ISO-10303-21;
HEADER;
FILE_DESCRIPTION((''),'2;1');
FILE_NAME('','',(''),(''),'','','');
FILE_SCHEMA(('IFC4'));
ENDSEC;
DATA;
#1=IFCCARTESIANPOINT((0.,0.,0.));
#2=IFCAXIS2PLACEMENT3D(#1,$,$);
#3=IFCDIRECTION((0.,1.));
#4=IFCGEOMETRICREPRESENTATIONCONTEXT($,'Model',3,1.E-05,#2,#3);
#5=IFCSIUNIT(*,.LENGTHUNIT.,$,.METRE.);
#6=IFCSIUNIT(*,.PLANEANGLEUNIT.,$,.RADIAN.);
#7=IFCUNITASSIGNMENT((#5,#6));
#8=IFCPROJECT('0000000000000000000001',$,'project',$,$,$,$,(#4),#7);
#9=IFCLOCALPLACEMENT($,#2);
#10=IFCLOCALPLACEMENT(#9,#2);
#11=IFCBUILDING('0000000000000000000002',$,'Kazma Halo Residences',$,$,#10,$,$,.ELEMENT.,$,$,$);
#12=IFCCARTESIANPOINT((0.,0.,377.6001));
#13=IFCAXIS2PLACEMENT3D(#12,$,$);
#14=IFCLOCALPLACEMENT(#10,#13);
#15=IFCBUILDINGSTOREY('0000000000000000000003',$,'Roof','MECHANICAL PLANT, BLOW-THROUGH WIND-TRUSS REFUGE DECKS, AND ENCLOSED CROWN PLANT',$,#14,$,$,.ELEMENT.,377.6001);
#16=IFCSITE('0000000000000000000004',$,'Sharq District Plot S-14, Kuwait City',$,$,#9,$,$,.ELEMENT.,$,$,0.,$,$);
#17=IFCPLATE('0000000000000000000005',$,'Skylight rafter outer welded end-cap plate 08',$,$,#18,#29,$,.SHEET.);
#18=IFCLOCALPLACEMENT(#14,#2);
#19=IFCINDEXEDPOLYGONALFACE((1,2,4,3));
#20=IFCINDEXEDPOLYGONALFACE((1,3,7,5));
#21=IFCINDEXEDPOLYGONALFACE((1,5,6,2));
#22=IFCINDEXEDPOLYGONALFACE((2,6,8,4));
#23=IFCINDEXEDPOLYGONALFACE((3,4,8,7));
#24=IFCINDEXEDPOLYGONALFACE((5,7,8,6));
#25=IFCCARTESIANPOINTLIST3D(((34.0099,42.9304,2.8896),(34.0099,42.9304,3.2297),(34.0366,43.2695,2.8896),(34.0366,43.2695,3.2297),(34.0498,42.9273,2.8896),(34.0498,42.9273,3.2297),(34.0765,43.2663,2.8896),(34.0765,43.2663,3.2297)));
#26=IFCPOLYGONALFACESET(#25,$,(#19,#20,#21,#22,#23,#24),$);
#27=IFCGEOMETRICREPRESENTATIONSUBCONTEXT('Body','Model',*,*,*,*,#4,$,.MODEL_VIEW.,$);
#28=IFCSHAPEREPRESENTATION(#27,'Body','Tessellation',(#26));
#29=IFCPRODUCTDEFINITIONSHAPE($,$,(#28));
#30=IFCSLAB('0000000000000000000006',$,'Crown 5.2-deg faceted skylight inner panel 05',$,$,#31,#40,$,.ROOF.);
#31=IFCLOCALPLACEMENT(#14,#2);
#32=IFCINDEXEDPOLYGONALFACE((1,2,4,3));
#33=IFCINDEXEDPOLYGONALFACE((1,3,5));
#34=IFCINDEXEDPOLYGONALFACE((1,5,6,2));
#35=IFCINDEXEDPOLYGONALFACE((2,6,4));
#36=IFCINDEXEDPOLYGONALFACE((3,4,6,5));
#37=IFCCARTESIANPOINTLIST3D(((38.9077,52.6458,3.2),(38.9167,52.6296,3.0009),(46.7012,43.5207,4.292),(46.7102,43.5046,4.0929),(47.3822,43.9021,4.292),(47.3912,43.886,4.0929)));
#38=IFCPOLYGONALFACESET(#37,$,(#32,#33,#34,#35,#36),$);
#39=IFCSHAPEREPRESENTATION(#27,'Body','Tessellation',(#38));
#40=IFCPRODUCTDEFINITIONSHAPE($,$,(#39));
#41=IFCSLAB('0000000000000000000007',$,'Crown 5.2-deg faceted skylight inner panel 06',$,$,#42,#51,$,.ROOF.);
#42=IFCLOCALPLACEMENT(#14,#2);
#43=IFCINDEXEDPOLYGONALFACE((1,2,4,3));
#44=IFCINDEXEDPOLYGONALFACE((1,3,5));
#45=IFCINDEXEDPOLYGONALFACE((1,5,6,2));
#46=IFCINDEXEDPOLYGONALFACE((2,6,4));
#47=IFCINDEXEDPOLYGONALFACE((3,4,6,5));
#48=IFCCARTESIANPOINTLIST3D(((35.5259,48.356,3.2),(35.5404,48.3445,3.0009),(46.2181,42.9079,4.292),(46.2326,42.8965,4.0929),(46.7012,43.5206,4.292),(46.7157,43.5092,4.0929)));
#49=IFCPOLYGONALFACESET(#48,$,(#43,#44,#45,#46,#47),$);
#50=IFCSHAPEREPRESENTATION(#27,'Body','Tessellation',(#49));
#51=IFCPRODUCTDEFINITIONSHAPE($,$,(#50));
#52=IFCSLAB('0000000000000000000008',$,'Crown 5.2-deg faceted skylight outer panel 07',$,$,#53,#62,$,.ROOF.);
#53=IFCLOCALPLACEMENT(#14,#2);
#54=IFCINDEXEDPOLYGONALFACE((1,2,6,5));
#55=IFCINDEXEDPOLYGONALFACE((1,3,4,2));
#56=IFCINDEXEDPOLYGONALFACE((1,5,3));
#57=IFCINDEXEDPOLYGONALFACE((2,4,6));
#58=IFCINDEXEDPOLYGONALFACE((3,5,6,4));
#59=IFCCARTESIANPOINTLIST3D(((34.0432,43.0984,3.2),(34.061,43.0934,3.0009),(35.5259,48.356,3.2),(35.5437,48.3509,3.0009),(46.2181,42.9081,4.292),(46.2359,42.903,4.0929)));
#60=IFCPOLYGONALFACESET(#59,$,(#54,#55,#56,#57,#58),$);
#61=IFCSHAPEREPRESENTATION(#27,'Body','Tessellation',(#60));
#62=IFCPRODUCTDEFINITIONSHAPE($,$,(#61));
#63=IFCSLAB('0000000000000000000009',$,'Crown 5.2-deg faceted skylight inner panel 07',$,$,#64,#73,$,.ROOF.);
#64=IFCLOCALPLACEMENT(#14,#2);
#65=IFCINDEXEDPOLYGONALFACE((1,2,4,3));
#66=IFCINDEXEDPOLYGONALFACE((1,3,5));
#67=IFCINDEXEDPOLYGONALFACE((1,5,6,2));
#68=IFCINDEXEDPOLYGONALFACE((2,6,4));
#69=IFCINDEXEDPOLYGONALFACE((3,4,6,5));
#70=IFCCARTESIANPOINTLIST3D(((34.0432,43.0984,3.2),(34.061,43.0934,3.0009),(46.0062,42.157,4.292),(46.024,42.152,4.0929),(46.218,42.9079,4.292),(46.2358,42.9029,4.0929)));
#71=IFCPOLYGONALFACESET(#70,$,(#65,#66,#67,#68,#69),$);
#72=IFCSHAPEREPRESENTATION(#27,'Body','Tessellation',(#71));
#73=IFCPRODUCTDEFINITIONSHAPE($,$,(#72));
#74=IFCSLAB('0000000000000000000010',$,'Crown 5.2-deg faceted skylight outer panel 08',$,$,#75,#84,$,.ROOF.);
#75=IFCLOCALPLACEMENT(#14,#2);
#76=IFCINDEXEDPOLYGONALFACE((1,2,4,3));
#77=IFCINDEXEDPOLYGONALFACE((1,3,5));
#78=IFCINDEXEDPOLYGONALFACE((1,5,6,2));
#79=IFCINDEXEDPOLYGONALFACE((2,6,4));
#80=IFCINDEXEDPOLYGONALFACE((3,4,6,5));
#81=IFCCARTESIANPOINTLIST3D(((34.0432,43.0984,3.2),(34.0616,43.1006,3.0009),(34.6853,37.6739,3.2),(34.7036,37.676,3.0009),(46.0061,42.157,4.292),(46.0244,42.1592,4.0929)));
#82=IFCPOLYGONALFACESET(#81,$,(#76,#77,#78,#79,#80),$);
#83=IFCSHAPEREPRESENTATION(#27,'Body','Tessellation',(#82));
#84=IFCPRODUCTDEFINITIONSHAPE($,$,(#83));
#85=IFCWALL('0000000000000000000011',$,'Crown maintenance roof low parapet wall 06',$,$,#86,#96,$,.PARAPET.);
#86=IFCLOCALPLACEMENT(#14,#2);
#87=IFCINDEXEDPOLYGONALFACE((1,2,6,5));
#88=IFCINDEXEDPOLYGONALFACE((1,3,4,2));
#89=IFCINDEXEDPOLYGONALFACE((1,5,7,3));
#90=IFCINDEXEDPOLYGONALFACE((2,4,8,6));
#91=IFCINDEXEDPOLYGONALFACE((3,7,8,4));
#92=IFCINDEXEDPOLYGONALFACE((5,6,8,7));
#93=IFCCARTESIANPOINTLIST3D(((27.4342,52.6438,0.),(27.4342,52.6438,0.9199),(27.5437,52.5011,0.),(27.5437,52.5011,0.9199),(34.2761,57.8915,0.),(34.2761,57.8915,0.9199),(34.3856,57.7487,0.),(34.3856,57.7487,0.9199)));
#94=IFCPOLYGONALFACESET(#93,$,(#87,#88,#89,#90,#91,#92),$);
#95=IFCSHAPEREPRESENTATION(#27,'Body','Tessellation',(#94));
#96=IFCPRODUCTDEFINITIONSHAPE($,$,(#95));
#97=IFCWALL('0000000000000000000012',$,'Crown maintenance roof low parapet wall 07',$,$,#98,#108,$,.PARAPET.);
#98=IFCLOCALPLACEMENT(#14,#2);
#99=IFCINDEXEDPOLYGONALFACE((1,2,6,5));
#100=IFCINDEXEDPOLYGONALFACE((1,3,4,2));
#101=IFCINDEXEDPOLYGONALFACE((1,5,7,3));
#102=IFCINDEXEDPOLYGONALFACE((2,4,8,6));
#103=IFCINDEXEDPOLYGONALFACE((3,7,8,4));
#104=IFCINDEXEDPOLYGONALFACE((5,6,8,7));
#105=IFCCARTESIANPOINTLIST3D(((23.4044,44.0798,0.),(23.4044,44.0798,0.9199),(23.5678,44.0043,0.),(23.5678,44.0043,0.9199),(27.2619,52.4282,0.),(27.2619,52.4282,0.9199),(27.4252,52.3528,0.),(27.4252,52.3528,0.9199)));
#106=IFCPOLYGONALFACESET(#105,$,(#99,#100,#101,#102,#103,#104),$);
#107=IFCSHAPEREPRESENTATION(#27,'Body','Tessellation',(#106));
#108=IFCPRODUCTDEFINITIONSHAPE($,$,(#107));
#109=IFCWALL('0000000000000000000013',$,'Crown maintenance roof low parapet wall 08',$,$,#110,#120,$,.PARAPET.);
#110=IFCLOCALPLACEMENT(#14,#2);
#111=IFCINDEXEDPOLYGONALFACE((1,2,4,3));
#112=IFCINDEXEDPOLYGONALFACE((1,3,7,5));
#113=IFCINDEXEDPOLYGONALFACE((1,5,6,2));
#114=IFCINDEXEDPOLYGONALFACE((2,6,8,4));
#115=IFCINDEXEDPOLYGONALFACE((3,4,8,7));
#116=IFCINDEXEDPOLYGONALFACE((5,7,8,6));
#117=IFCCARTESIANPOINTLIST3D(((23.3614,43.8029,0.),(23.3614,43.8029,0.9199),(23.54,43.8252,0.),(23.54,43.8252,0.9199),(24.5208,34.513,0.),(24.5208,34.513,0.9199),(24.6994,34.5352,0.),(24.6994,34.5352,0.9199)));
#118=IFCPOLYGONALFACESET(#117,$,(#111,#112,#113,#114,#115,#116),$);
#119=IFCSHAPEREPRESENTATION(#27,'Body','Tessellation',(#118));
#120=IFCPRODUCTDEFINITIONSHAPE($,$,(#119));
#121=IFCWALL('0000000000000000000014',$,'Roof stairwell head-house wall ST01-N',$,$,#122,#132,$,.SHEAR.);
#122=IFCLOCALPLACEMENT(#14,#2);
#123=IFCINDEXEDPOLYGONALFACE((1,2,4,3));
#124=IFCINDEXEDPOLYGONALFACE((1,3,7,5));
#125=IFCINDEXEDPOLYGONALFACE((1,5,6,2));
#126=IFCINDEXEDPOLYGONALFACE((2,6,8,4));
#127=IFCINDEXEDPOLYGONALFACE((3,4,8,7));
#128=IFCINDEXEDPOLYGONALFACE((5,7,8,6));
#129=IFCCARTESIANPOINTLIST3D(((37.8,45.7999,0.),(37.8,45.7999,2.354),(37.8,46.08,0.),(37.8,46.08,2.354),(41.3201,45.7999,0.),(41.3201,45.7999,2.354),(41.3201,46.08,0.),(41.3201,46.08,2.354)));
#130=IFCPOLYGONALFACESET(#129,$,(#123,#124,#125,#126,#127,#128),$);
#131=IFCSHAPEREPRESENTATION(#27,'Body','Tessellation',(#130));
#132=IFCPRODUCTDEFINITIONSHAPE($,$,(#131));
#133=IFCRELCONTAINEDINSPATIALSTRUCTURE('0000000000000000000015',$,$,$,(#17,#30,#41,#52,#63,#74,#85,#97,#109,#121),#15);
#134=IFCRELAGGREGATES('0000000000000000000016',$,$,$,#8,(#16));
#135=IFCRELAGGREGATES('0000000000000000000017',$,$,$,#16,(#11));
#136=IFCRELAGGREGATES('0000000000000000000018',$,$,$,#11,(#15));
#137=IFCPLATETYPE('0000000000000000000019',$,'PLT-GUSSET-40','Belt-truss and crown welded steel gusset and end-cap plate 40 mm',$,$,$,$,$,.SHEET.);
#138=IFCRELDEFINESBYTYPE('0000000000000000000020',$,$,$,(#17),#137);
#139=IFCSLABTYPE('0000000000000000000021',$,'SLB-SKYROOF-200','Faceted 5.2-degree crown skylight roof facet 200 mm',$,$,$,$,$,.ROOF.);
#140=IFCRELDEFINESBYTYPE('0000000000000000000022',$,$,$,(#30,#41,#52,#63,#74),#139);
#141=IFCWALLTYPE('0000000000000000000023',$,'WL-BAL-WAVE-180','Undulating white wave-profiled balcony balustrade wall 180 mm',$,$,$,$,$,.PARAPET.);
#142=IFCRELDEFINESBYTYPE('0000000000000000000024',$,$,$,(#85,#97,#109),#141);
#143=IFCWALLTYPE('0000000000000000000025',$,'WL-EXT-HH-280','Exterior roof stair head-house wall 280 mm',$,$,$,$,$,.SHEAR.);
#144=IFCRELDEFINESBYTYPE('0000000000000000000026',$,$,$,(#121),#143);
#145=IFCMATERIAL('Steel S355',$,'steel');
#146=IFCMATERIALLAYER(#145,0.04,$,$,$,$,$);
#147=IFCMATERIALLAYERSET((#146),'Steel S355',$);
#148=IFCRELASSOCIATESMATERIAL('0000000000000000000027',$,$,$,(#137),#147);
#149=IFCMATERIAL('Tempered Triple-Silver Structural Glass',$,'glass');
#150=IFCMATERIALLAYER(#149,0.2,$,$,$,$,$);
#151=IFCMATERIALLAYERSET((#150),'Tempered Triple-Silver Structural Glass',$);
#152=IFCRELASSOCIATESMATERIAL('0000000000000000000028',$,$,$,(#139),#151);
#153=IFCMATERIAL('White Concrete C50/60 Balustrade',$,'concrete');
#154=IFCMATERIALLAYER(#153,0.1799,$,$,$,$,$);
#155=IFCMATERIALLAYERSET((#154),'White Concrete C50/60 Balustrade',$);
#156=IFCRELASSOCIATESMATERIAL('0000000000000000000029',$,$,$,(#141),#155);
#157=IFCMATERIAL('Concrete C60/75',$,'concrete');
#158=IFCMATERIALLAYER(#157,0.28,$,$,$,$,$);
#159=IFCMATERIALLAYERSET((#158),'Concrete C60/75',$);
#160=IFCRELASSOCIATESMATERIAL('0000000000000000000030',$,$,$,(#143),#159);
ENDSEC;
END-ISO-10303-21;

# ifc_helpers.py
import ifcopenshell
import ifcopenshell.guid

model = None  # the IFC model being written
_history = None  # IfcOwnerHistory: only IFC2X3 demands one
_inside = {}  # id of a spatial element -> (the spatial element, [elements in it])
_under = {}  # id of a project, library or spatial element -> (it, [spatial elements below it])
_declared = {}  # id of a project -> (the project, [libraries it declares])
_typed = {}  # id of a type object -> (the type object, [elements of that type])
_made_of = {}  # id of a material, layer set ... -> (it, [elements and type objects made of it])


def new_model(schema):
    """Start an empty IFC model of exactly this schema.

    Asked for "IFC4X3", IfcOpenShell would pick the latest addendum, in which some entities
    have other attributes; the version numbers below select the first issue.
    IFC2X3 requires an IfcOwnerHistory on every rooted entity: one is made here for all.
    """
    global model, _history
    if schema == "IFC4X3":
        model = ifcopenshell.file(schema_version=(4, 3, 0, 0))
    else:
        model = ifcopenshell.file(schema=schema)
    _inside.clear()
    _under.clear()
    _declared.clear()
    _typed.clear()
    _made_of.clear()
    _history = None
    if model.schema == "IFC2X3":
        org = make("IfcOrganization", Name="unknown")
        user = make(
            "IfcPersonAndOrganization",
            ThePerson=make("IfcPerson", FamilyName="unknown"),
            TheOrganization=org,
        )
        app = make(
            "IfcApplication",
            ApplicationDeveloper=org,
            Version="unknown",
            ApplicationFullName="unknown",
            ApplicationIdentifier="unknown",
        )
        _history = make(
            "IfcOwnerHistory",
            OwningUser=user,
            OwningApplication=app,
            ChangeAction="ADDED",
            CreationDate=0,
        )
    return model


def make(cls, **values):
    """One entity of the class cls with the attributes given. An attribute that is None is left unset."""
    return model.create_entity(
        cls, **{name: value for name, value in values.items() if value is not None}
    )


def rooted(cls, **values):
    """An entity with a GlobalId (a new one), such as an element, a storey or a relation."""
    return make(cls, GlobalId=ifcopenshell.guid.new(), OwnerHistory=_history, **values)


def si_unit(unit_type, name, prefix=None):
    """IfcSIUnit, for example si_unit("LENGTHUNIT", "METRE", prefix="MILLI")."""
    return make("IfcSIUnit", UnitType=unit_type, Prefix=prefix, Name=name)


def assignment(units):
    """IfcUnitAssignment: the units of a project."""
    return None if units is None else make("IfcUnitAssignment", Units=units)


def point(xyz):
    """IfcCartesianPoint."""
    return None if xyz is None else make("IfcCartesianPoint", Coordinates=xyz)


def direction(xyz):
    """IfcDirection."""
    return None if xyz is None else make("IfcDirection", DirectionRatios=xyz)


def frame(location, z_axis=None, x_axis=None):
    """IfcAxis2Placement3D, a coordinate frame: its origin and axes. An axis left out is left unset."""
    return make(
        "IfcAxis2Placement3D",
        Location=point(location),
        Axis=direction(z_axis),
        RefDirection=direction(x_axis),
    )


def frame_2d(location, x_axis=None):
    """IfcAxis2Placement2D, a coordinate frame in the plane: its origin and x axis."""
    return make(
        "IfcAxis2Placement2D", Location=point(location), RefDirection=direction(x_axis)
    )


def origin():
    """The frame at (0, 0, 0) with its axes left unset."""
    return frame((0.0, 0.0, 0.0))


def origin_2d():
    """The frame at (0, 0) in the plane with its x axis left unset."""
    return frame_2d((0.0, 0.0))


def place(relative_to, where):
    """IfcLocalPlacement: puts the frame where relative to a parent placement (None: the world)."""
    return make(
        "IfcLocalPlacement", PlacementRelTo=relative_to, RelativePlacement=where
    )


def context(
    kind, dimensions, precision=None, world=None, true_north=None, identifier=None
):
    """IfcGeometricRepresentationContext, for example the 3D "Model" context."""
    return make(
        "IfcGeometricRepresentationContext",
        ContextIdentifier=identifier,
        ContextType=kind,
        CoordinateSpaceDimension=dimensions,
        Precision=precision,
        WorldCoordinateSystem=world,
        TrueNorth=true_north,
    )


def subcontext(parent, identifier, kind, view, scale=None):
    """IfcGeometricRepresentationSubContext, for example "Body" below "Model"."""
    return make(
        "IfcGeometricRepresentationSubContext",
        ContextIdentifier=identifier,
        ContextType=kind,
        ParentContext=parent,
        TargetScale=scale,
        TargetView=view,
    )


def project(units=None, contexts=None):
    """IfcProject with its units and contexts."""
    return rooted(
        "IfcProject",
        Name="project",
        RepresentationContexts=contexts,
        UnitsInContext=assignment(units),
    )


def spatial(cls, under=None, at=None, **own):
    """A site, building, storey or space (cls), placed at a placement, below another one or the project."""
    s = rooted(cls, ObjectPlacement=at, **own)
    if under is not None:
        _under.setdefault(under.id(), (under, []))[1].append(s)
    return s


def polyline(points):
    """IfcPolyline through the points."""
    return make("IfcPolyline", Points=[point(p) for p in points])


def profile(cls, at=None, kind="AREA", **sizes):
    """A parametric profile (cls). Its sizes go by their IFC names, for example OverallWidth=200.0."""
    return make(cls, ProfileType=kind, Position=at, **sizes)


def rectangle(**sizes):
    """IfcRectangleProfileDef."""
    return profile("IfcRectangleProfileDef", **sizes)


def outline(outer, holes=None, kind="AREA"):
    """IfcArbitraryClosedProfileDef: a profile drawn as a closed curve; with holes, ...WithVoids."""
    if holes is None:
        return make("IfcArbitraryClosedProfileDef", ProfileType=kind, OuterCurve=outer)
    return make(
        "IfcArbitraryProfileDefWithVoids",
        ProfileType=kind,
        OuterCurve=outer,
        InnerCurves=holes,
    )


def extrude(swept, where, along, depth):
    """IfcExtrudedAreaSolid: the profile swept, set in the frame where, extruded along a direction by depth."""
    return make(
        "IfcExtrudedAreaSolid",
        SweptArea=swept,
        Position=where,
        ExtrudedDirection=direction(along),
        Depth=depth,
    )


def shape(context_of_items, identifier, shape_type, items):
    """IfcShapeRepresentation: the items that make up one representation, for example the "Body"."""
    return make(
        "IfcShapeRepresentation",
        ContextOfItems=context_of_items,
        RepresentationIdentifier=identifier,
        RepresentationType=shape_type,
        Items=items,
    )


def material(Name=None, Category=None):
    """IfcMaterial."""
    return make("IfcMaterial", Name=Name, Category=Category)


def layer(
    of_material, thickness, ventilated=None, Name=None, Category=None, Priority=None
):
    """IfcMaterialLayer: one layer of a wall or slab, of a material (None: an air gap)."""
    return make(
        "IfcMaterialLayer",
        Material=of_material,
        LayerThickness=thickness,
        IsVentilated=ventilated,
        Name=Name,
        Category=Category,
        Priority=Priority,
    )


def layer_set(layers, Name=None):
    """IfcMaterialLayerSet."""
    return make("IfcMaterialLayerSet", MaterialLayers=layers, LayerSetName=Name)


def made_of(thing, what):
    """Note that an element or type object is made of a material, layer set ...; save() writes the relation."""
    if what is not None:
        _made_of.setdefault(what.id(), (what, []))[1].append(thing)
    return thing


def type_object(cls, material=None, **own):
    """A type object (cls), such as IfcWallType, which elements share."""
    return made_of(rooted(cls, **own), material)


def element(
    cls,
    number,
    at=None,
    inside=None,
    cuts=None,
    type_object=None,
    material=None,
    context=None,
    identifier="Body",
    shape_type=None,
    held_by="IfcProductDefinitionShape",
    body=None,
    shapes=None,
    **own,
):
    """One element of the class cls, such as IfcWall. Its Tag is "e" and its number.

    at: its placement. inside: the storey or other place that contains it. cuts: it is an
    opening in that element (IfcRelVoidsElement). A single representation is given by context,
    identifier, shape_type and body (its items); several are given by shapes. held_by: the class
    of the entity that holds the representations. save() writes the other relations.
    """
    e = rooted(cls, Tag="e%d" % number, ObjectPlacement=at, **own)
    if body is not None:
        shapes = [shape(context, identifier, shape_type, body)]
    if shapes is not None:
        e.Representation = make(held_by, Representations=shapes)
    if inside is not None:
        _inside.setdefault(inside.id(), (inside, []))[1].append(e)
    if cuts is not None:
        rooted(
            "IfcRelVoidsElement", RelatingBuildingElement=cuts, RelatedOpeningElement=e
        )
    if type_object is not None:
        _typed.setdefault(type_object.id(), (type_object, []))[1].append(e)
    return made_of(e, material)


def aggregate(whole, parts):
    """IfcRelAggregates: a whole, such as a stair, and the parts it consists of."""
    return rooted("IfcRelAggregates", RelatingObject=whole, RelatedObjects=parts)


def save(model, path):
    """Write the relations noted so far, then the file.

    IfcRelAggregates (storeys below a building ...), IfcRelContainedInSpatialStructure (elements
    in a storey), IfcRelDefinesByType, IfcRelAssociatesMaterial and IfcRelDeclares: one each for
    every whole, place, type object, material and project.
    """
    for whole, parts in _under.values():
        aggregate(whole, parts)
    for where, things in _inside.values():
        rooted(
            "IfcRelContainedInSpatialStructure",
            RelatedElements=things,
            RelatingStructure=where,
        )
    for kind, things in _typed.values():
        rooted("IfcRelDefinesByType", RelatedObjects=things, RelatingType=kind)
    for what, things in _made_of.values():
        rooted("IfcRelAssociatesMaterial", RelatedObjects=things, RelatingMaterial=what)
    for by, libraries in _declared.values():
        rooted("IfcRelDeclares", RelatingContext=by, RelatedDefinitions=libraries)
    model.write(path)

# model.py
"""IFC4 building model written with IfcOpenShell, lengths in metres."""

from ifc_helpers import new_model, si_unit, direction, frame, frame_2d, origin, origin_2d, place, context, subcontext, project, spatial, polyline, rectangle, outline, extrude, material, layer, layer_set, type_object, element, save


model = new_model("IFC4")

# Units and contexts
model_context = context("Model", 3, precision=1e-05, world=origin(), true_north=direction((0.0, 1.0)))
body_context = subcontext(model_context, "Body", "Model", "MODEL_VIEW")
ifc_project = project(units=[si_unit("LENGTHUNIT", "METRE"), si_unit("PLANEANGLEUNIT", "RADIAN")], contexts=[model_context])

# Site, building, storey
site_placement = place(None, origin())
site = spatial("IfcSite", under=ifc_project, at=site_placement, Name="Sharq District Plot S-14, Kuwait City", CompositionType="ELEMENT", RefElevation=0.0)
building_placement = place(site_placement, origin())
building = spatial("IfcBuilding", under=site, at=building_placement, Name="Kazma Halo Residences", CompositionType="ELEMENT")
storey_placement = place(building_placement, frame((0.0, 0.0, 377.6001)))
storey = spatial("IfcBuildingStorey", under=building, at=storey_placement, Name="Roof", Description="MECHANICAL PLANT, BLOW-THROUGH WIND-TRUSS REFUGE DECKS, AND ENCLOSED CROWN PLANT", CompositionType="ELEMENT", Elevation=377.6001)

# Shared definitions
ifc_material_1 = material(Name="Steel S355", Category="steel")

# Plate
ifc_layer_1 = layer(ifc_material_1, 0.04)
ifc_layer_set_1 = layer_set([ifc_layer_1], Name="Steel S355")
plate_type_1 = type_object("IfcPlateType", Name="PLT-GUSSET-40", Description="Belt-truss and crown welded steel gusset and end-cap plate 40 mm", PredefinedType="SHEET", material=ifc_layer_set_1)
for number, where, z_axis, x_axis, name in (
    (1, (34.0432, 43.0984, 2.8896), (0.0, 0.0, 1.0), (-0.996917, 0.078459, 0.0), "Skylight rafter outer welded end-cap plate 08"),
):
    element("IfcPlate", number, at=place(storey_placement, frame(where, z_axis=z_axis, x_axis=x_axis)), inside=storey, type_object=plate_type_1, Name=name, PredefinedType="SHEET", context=body_context, shape_type="SweptSolid", body=[
        extrude(rectangle(XDim=0.04, YDim=0.3401, at=origin_2d()), origin(), (0.0, 0.0, 1.0), 0.3401),
    ])

# Slabs
ifc_material_2 = material(Name="Tempered Triple-Silver Structural Glass", Category="glass")
ifc_layer_2 = layer(ifc_material_2, 0.2)
ifc_layer_set_2 = layer_set([ifc_layer_2], Name="Tempered Triple-Silver Structural Glass")
slab_type = type_object("IfcSlabType", Name="SLB-SKYROOF-200", Description="Faceted 5.2-degree crown skylight roof facet 200 mm", PredefinedType="ROOF", material=ifc_layer_set_2)
slab_1_placement = place(storey_placement, frame((38.9077, 52.6458, 3.2), z_axis=(-0.045145, 0.080607, 0.995723), x_axis=(0.646774, -0.757278, 0.090628)))
element("IfcSlab", 2, at=slab_1_placement, inside=storey, type_object=slab_type, Name="Crown 5.2-deg faceted skylight inner panel 05", PredefinedType="ROOF", context=body_context, shape_type="SweptSolid", body=[
    extrude(outline(polyline([(0.0, 0.0), (12.0498, 0.0), (12.2014, 0.7656), (0.0, 0.0)])), origin(), (0.0, 0.0, -1.0), 0.2),
])
slab_2_placement = place(storey_placement, frame((35.5259, 48.356, 3.2), z_axis=(-0.072551, 0.057203, 0.995723), x_axis=(0.887337, -0.452128, 0.090628)))
element("IfcSlab", 3, at=slab_2_placement, inside=storey, type_object=slab_type, Name="Crown 5.2-deg faceted skylight inner panel 06", PredefinedType="ROOF", context=body_context, shape_type="SweptSolid", body=[
    extrude(outline(polyline([(0.0, 0.0), (12.0498, 0.0), (12.2014, 0.7654), (0.0, 0.0)])), origin(), (0.0, 0.0, -1.0), 0.2),
])
slab_3_placement = place(storey_placement, frame((35.5259, 48.356, 3.2), z_axis=(-0.088921, 0.025076, 0.995723), x_axis=(-0.27142, -0.962461, 0.0)))
element("IfcSlab", 4, at=slab_3_placement, inside=storey, type_object=slab_type, Name="Crown 5.2-deg faceted skylight outer panel 07", PredefinedType="ROOF", context=body_context, shape_type="SweptSolid", body=[
    extrude(outline(polyline([(0.0, 0.0), (5.4626, 0.0), (2.3413, 11.8201), (0.0, 0.0)])), origin(), (0.0, 0.0, -1.0), 0.2),
])
slab_4_placement = place(storey_placement, frame((34.0432, 43.0984, 3.2), z_axis=(-0.088921, 0.025092, 0.995723), x_axis=(0.992815, -0.078128, 0.09063)))
element("IfcSlab", 5, at=slab_4_placement, inside=storey, type_object=slab_type, Name="Crown 5.2-deg faceted skylight inner panel 07", PredefinedType="ROOF", context=body_context, shape_type="SweptSolid", body=[
    extrude(outline(polyline([(0.0, 0.0), (12.0496, 0.0), (12.2012, 0.7654), (0.0, 0.0)])), origin(), (0.0, 0.0, -1.0), 0.2),
])
slab_5_placement = place(storey_placement, frame((34.0432, 43.0984, 3.2), z_axis=(-0.09175, -0.01086, 0.995723), x_axis=(0.117547, -0.993067, 0.0)))
element("IfcSlab", 6, at=slab_5_placement, inside=storey, type_object=slab_type, Name="Crown 5.2-deg faceted skylight outer panel 08", PredefinedType="ROOF", context=body_context, shape_type="SweptSolid", body=[
    extrude(outline(polyline([(0.0, 0.0), (5.4624, 0.0), (2.3411, 11.8198), (0.0, 0.0)])), origin(), (0.0, 0.0, -1.0), 0.2),
])

# Walls
ifc_material_3 = material(Name="White Concrete C50/60 Balustrade", Category="concrete")
ifc_layer_3 = layer(ifc_material_3, 0.1799)
ifc_layer_set_3 = layer_set([ifc_layer_3], Name="White Concrete C50/60 Balustrade")
wall_type_1 = type_object("IfcWallType", Name="WL-BAL-WAVE-180", Description="Undulating white wave-profiled balcony balustrade wall 180 mm", PredefinedType="PARAPET", material=ifc_layer_set_3)
wall_1_placement = place(storey_placement, frame((34.3308, 57.8201, 0.0), z_axis=(0.0, 0.0, 1.0), x_axis=(-0.793484, -0.608591, 0.0)))
element("IfcWall", 7, at=wall_1_placement, inside=storey, type_object=wall_type_1, Name="Crown maintenance roof low parapet wall 06", PredefinedType="PARAPET", context=body_context, shape_type="SweptSolid", body=[
    extrude(rectangle(XDim=8.6226, YDim=0.1799, at=frame_2d((4.3113, 0.0))), origin(), (0.0, 0.0, 1.0), 0.9199),
])
wall_2_placement = place(storey_placement, frame((27.3435, 52.3904, 0.0), z_axis=(0.0, 0.0, 1.0), x_axis=(-0.419445, -0.907781, 0.0)))
element("IfcWall", 8, at=wall_2_placement, inside=storey, type_object=wall_type_1, Name="Crown maintenance roof low parapet wall 07", PredefinedType="PARAPET", context=body_context, shape_type="SweptSolid", body=[
    extrude(rectangle(XDim=9.1965, YDim=0.1799, at=frame_2d((4.5981, 0.0))), origin(), (0.0, 0.0, 1.0), 0.9199),
])
wall_3_placement = place(storey_placement, frame((23.4507, 43.8142, 0.0), z_axis=(0.0, 0.0, 1.0), x_axis=(0.123842, -0.992302, 0.0)))
element("IfcWall", 9, at=wall_3_placement, inside=storey, type_object=wall_type_1, Name="Crown maintenance roof low parapet wall 08", PredefinedType="PARAPET", context=body_context, shape_type="SweptSolid", body=[
    extrude(rectangle(XDim=9.3621, YDim=0.1799, at=frame_2d((4.6812, 0.0))), origin(), (0.0, 0.0, 1.0), 0.9199),
])
ifc_material_4 = material(Name="Concrete C60/75", Category="concrete")
ifc_layer_4 = layer(ifc_material_4, 0.28)
ifc_layer_set_4 = layer_set([ifc_layer_4], Name="Concrete C60/75")
wall_type_2 = type_object("IfcWallType", Name="WL-EXT-HH-280", Description="Exterior roof stair head-house wall 280 mm", PredefinedType="SHEAR", material=ifc_layer_set_4)
wall_4_placement = place(storey_placement, frame((37.8, 45.9399, 0.0), z_axis=(0.0, 0.0, 1.0), x_axis=(1.0, 0.0, 0.0)))
element("IfcWall", 10, at=wall_4_placement, inside=storey, type_object=wall_type_2, Name="Roof stairwell head-house wall ST01-N", PredefinedType="SHEAR", context=body_context, shape_type="SweptSolid", body=[
    extrude(rectangle(XDim=3.52, YDim=0.28, at=frame_2d((1.76, 0.0))), origin(), (0.0, 0.0, 1.0), 2.354),
])

save(model, "model.ifc")
